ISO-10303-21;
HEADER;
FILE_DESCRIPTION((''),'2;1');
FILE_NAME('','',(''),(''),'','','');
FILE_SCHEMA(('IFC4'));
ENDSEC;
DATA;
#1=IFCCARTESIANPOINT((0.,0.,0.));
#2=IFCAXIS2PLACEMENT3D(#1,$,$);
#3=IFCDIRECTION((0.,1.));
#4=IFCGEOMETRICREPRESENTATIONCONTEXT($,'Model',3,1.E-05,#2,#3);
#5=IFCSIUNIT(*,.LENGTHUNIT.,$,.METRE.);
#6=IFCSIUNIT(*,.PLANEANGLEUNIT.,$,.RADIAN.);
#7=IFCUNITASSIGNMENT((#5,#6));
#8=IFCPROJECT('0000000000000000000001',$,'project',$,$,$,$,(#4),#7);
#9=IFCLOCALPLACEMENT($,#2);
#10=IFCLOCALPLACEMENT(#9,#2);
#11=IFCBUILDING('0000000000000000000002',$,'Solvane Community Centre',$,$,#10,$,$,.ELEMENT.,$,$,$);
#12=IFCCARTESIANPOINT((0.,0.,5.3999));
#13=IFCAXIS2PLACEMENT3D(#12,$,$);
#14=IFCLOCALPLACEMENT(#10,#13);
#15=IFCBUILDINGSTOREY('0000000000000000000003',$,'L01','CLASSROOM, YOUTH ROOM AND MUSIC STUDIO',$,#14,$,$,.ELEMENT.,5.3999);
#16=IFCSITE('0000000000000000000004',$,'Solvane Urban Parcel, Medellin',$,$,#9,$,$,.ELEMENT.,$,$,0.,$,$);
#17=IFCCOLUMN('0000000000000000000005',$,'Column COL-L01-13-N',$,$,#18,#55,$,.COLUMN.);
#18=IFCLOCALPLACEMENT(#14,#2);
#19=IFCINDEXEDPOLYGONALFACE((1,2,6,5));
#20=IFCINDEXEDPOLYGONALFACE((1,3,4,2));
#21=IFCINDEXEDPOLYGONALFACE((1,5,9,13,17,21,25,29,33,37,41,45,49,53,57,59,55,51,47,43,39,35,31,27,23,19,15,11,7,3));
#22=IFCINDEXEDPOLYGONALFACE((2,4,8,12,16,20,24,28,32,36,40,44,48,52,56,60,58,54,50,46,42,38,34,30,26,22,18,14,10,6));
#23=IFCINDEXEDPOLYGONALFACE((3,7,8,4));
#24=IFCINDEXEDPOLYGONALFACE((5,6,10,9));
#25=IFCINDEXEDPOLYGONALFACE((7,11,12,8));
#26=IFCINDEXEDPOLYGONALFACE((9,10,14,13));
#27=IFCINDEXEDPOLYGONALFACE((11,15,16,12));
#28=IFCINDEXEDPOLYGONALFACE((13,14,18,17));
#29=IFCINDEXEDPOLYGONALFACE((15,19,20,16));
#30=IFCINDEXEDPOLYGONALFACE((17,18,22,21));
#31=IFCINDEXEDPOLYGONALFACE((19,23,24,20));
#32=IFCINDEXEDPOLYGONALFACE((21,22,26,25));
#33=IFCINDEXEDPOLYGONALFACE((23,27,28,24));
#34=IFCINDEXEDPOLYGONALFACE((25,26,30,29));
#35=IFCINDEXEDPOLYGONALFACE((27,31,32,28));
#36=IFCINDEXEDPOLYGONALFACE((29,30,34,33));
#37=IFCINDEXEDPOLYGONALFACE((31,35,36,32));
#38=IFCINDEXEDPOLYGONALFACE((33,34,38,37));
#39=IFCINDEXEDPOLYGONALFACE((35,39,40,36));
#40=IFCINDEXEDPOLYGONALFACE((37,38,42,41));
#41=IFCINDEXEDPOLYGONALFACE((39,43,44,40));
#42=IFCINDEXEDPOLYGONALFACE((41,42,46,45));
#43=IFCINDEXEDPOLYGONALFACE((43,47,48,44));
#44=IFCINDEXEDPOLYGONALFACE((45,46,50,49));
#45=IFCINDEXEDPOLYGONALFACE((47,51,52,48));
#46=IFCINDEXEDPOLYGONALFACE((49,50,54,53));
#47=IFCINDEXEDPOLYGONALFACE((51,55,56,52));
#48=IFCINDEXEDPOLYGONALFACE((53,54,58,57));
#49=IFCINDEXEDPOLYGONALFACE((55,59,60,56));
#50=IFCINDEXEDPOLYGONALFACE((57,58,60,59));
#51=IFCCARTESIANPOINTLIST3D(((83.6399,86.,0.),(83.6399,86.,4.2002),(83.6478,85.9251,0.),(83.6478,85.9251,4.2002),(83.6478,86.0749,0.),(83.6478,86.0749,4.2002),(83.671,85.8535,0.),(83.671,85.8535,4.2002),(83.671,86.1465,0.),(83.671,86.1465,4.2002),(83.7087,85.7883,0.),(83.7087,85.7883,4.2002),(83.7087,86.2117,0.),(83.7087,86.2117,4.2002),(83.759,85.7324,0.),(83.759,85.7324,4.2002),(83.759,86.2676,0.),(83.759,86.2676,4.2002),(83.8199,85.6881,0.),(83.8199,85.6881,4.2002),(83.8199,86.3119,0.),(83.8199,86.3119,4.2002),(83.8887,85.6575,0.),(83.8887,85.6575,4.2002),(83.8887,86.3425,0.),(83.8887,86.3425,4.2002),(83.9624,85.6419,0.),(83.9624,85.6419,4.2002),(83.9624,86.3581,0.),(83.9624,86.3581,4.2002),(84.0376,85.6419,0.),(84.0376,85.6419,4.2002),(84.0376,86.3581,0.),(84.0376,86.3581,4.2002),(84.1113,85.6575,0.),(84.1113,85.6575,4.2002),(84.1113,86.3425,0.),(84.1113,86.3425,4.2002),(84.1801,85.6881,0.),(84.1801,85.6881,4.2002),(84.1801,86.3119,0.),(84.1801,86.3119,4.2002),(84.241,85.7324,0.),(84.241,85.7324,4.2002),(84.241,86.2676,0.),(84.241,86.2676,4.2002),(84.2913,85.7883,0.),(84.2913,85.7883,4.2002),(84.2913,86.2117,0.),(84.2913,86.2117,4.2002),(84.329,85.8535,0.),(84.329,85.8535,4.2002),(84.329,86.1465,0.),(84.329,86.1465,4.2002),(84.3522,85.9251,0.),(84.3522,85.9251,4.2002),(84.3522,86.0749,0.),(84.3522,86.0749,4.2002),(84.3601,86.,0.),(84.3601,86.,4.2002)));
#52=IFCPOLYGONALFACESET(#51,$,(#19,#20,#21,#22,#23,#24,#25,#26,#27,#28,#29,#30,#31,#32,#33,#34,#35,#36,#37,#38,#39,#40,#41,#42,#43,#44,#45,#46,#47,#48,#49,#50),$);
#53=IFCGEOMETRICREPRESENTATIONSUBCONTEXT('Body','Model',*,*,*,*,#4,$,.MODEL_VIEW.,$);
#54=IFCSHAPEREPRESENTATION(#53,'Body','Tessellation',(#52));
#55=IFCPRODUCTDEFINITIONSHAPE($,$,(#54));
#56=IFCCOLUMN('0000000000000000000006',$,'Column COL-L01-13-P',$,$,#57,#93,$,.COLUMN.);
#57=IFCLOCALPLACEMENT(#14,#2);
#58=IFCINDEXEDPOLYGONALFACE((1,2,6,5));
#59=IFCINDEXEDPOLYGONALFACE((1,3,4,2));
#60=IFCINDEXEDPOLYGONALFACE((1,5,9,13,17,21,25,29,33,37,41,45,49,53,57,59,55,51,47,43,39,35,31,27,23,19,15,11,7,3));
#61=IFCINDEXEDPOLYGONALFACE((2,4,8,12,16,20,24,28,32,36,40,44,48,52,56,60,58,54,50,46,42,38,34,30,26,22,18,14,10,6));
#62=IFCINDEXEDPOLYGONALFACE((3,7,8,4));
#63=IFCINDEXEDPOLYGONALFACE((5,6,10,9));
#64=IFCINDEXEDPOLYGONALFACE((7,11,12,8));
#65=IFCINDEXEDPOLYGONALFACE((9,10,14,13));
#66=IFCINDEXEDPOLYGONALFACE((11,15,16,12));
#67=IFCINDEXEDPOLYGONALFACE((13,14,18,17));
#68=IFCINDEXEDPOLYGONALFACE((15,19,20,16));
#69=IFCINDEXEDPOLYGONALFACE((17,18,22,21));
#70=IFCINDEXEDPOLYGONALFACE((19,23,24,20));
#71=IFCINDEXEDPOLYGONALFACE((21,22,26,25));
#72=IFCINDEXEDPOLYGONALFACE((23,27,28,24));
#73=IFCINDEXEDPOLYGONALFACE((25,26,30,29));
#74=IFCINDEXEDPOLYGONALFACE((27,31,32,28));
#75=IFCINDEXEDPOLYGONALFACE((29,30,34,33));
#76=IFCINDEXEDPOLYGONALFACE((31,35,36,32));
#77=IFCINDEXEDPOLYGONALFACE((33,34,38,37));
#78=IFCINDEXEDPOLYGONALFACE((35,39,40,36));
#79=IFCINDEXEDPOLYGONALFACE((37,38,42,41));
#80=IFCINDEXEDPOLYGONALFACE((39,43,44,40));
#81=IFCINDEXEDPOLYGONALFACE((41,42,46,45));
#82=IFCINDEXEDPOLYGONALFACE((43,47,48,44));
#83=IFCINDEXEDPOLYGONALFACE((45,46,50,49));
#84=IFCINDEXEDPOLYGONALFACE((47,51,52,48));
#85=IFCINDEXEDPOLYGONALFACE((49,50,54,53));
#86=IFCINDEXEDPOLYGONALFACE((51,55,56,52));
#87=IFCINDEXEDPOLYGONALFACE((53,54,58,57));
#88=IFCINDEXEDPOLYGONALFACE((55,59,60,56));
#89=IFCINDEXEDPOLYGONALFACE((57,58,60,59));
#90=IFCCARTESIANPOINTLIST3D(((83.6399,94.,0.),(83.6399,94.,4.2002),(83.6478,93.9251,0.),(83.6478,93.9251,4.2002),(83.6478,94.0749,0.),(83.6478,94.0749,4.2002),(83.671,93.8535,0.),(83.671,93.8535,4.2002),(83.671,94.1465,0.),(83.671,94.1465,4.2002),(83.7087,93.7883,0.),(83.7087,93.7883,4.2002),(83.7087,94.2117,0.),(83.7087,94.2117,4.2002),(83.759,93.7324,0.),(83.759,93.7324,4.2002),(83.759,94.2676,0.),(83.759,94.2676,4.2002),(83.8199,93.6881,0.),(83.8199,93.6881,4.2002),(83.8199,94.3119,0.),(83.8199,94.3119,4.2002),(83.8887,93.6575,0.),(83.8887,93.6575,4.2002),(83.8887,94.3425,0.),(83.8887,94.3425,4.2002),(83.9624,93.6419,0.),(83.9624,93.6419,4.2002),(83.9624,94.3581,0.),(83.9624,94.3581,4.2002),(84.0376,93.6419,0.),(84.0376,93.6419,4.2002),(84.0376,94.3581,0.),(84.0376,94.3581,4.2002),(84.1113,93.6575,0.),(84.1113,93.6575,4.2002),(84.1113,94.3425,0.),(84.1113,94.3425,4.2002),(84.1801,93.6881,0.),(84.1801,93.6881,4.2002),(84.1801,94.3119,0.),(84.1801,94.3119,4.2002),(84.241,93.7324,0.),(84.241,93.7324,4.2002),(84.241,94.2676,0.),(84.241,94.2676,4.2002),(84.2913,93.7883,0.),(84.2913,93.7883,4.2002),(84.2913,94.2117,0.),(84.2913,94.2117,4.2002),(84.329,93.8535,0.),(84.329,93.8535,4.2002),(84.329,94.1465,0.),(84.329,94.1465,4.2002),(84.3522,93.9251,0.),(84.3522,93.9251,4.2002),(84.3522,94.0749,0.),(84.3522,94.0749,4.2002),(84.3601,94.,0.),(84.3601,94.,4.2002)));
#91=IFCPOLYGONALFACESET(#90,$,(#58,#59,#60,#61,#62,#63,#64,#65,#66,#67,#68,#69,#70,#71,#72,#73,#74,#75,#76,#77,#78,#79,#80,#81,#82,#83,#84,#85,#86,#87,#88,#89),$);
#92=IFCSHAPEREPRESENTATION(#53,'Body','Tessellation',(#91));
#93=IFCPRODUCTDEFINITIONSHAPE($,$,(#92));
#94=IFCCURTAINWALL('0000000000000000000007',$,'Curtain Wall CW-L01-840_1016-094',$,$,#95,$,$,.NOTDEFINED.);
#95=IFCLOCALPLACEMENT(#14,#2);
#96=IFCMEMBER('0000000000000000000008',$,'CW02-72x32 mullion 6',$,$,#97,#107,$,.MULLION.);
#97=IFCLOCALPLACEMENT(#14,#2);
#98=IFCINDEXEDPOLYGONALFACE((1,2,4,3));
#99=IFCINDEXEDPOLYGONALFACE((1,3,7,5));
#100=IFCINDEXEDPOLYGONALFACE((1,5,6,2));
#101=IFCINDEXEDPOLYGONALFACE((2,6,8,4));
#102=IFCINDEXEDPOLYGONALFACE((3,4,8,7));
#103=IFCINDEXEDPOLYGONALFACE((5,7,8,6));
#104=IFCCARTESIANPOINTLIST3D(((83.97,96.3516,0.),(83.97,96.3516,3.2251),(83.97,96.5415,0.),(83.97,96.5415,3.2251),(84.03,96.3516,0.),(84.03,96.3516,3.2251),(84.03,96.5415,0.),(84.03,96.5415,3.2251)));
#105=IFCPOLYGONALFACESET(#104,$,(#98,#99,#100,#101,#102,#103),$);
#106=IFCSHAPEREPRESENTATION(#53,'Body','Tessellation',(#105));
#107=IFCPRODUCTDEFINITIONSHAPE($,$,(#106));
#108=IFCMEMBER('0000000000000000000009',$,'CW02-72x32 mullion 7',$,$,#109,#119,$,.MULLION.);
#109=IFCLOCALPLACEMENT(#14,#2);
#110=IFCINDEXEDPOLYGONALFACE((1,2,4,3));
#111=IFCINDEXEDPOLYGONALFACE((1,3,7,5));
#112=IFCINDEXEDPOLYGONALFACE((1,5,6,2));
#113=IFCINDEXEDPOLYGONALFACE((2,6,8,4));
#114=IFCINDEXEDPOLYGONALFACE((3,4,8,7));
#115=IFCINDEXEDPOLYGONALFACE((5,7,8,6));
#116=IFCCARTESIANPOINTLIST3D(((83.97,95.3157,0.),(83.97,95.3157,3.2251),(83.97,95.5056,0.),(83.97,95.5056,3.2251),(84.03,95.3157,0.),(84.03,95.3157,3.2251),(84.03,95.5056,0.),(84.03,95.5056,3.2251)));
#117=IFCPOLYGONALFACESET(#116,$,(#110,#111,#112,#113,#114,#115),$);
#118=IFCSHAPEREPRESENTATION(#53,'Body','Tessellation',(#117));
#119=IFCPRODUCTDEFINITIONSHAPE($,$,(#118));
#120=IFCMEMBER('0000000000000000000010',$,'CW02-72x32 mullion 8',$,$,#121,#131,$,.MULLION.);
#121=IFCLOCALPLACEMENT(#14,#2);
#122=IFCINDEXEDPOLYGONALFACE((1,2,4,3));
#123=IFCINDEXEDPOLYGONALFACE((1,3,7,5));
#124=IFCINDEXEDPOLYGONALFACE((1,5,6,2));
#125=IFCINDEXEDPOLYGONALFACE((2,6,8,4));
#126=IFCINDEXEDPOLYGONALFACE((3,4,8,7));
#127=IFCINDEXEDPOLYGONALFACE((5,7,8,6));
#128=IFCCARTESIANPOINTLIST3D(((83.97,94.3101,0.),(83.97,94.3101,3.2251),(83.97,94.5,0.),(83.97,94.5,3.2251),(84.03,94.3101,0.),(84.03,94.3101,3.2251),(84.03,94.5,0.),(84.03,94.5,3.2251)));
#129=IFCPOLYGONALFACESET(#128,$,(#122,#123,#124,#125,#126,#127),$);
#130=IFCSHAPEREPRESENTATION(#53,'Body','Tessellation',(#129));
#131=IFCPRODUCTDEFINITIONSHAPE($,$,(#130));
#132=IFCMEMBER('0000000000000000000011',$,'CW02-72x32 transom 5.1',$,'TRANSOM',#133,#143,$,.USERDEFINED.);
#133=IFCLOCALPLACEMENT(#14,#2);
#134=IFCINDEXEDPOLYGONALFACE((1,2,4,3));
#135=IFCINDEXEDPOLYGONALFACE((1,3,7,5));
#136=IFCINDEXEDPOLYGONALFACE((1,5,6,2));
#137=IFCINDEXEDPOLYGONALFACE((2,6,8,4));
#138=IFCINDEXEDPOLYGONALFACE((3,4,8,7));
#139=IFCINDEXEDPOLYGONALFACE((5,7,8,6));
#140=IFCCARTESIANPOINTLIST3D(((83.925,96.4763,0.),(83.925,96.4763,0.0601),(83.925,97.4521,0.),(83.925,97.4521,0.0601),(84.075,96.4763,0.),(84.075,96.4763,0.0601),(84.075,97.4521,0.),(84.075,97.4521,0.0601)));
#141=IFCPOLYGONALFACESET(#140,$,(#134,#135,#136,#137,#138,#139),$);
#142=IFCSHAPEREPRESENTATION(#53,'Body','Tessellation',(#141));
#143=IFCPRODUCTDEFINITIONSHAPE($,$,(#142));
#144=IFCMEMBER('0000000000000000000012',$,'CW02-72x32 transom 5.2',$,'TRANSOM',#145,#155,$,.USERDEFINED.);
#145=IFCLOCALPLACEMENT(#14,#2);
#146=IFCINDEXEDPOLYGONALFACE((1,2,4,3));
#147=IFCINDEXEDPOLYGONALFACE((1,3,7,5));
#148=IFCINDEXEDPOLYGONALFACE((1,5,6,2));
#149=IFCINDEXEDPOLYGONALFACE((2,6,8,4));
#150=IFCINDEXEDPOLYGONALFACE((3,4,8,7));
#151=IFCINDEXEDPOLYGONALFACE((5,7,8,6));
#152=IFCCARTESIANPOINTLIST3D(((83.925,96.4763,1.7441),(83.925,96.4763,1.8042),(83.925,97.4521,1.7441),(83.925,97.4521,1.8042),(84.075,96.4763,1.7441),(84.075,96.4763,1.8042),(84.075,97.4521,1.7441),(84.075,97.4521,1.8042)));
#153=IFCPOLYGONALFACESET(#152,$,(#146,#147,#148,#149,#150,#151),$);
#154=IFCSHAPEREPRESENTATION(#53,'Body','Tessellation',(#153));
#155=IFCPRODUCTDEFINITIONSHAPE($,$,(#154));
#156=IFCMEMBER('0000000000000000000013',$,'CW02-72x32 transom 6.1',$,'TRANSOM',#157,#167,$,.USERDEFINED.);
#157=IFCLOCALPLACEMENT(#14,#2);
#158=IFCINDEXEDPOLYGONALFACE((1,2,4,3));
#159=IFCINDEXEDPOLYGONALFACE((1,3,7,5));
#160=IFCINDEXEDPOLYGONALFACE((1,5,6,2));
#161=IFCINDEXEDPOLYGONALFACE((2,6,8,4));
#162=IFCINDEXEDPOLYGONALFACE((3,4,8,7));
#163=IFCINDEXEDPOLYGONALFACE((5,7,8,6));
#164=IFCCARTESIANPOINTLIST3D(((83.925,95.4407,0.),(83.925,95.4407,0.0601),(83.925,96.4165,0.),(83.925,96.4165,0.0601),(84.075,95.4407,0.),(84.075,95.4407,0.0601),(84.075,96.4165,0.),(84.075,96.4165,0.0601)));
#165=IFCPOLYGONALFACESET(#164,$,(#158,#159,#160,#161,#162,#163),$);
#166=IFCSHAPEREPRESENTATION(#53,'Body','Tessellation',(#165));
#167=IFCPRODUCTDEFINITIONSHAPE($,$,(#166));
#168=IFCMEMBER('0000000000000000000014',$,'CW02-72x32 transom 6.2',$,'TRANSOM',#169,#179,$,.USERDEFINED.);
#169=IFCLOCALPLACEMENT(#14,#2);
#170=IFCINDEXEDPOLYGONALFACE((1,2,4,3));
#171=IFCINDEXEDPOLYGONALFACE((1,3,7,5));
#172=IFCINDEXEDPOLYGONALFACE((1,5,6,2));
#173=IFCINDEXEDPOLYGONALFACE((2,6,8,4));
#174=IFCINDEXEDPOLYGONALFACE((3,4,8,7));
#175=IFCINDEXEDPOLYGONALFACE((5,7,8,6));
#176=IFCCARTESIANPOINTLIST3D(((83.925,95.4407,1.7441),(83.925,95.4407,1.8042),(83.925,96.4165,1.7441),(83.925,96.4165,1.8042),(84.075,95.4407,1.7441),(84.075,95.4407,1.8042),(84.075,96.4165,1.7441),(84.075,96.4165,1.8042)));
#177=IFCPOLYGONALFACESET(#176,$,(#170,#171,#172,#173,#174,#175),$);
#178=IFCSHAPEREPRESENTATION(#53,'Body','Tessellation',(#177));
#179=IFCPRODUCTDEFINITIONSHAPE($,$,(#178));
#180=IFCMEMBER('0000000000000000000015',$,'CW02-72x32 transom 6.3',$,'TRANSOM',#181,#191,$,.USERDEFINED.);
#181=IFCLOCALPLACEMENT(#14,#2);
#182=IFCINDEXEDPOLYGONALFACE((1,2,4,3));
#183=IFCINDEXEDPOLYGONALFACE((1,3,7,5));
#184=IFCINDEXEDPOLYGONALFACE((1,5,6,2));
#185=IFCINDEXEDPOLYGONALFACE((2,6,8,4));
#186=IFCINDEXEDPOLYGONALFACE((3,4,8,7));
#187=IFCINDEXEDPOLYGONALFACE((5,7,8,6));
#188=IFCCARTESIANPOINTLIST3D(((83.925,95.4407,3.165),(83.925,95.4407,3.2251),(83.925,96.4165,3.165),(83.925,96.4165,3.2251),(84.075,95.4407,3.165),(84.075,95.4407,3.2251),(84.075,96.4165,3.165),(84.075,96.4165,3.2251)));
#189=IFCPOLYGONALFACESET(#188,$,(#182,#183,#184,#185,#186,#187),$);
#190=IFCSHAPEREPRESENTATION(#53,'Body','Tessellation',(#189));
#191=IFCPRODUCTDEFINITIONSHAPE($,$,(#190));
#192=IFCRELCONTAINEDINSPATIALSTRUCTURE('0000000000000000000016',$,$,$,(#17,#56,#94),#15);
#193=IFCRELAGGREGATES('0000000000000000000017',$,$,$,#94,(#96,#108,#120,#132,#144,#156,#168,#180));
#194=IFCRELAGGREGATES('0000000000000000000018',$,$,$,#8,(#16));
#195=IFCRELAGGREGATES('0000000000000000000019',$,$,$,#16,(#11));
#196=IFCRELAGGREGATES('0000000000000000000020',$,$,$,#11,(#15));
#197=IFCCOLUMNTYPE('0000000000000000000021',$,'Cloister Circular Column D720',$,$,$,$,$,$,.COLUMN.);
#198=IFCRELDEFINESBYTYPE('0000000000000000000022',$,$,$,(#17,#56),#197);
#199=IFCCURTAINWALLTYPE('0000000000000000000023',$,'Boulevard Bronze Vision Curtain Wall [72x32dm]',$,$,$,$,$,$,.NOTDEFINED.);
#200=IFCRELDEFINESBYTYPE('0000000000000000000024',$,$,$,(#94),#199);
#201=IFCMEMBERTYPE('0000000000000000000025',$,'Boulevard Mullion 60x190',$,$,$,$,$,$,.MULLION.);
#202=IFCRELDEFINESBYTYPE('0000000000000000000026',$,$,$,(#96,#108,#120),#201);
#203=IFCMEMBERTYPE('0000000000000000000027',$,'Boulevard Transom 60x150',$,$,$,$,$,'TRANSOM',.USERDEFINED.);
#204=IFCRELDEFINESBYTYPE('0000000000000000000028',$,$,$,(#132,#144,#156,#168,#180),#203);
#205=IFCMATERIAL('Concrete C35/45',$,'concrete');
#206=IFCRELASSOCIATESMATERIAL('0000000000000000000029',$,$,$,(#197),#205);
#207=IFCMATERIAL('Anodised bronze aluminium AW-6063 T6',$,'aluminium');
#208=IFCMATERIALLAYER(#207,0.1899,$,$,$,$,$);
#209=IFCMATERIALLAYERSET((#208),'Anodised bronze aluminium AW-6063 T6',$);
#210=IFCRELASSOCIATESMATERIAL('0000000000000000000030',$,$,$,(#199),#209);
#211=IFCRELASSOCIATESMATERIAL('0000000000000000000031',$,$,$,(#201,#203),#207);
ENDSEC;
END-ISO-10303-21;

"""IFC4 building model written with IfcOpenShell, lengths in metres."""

from ifc_helpers import new_model, si_unit, direction, frame, origin, origin_2d, place, context, subcontext, project, spatial, rectangle, circle, extrude, material, layer, layer_set, material_profile, profile_set, type_object, element, aggregate, save


model = new_model("IFC4")

# Units and contexts
model_context = context("Model", 3, precision=1e-05, world=origin(), true_north=direction((0.0, 1.0)))
body_context = subcontext(model_context, "Body", "Model", "MODEL_VIEW")
ifc_project = project(units=[si_unit("LENGTHUNIT", "METRE"), si_unit("PLANEANGLEUNIT", "RADIAN")], contexts=[model_context])

# Site, building, storey
site_placement = place(None, origin())
site = spatial("IfcSite", under=ifc_project, at=site_placement, Name="Solvane Urban Parcel, Medellin", CompositionType="ELEMENT", RefElevation=0.0)
building_placement = place(site_placement, origin())
building = spatial("IfcBuilding", under=site, at=building_placement, Name="Solvane Community Centre", CompositionType="ELEMENT")
storey_placement = place(building_placement, frame((0.0, 0.0, 5.3999)))
storey = spatial("IfcBuildingStorey", under=building, at=storey_placement, Name="L01", Description="CLASSROOM, YOUTH ROOM AND MUSIC STUDIO", CompositionType="ELEMENT", Elevation=5.3999)

# Columns
ifc_material_1 = material(Name="Concrete C35/45", Category="concrete")
ifc_material_profile_1 = material_profile(ifc_material_1, circle(Radius=0.3601, at=origin_2d()), Name="RC D720")
ifc_profile_set_1 = profile_set([ifc_material_profile_1], Name="Concrete C35/45")
column_type = type_object("IfcColumnType", Name="Cloister Circular Column D720", PredefinedType="COLUMN", material=ifc_profile_set_1)
for number, where, z_axis, x_axis, name in (
    (1, (84.0, 86.0, 0.0), (0.0, 0.0, 1.0), (1.0, 0.0, 0.0), "Column COL-L01-13-N"),
    (2, (84.0, 94.0, 0.0), (0.0, 0.0, 1.0), (1.0, 0.0, 0.0), "Column COL-L01-13-P"),
):
    element("IfcColumn", number, at=place(storey_placement, frame(where, z_axis=z_axis, x_axis=x_axis)), inside=storey, type_object=column_type, Name=name, PredefinedType="COLUMN", context=body_context, shape_type="SweptSolid", body=[
        extrude(circle(Radius=0.3601, at=origin_2d()), origin(), (0.0, 0.0, 1.0), 4.2002),
    ])

# Curtain wall, members
ifc_material_2 = material(Name="Anodised bronze aluminium AW-6063 T6", Category="aluminium")
ifc_layer_1 = layer(ifc_material_2, 0.1899)
ifc_layer_set_1 = layer_set([ifc_layer_1], Name="Anodised bronze aluminium AW-6063 T6")
curtain_wall_type = type_object("IfcCurtainWallType", Name="Boulevard Bronze Vision Curtain Wall [72x32dm]", PredefinedType="NOTDEFINED", material=ifc_layer_set_1)
curtain_wall_placement = place(storey_placement, origin())
curtain_wall = element("IfcCurtainWall", 3, at=curtain_wall_placement, inside=storey, type_object=curtain_wall_type, Name="Curtain Wall CW-L01-840_1016-094", PredefinedType="NOTDEFINED")
ifc_material_profile_2 = material_profile(ifc_material_2, rectangle(XDim=0.0601, YDim=0.1899, at=origin_2d()), Name="CW-M 60x190")
ifc_profile_set_2 = profile_set([ifc_material_profile_2], Name="Anodised bronze aluminium AW-6063 T6")
member_type_1 = type_object("IfcMemberType", Name="Boulevard Mullion 60x190", PredefinedType="MULLION", material=ifc_profile_set_2)
member_1_placement = place(storey_placement, frame((84.0, 96.4465, 0.0), z_axis=(0.0, 0.0, 1.0), x_axis=(1.0, 0.0, 0.0)))
member_1 = element("IfcMember", 4, at=member_1_placement, type_object=member_type_1, Name="CW02-72x32 mullion 6", PredefinedType="MULLION", context=body_context, shape_type="SweptSolid", body=[
    extrude(rectangle(XDim=0.0601, YDim=0.1899, at=origin_2d()), origin(), (0.0, 0.0, 1.0), 3.2251),
])
member_2_placement = place(storey_placement, frame((84.0, 95.4106, 0.0), z_axis=(0.0, 0.0, 1.0), x_axis=(1.0, 0.0, 0.0)))
member_2 = element("IfcMember", 5, at=member_2_placement, type_object=member_type_1, Name="CW02-72x32 mullion 7", PredefinedType="MULLION", context=body_context, shape_type="SweptSolid", body=[
    extrude(rectangle(XDim=0.0601, YDim=0.1899, at=origin_2d()), origin(), (0.0, 0.0, 1.0), 3.2251),
])
member_3_placement = place(storey_placement, frame((84.0, 94.405, 0.0), z_axis=(0.0, 0.0, 1.0), x_axis=(1.0, 0.0, 0.0)))
member_3 = element("IfcMember", 6, at=member_3_placement, type_object=member_type_1, Name="CW02-72x32 mullion 8", PredefinedType="MULLION", context=body_context, shape_type="SweptSolid", body=[
    extrude(rectangle(XDim=0.0601, YDim=0.1899, at=origin_2d()), origin(), (0.0, 0.0, 1.0), 3.2251),
])
ifc_material_profile_3 = material_profile(ifc_material_2, rectangle(XDim=0.1499, YDim=0.0601, at=origin_2d()), Name="CW-T 60x150")
ifc_profile_set_3 = profile_set([ifc_material_profile_3], Name="Anodised bronze aluminium AW-6063 T6")
member_type_2 = type_object("IfcMemberType", Name="Boulevard Transom 60x150", ElementType="TRANSOM", PredefinedType="USERDEFINED", material=ifc_profile_set_3)
member_4_placement = place(storey_placement, frame((84.0, 97.4521, 0.03), z_axis=(0.0, -1.0, 0.0), x_axis=(1.0, 0.0, 0.0)))
member_4 = element("IfcMember", 7, at=member_4_placement, type_object=member_type_2, Name="CW02-72x32 transom 5.1", ObjectType="TRANSOM", PredefinedType="USERDEFINED", context=body_context, shape_type="SweptSolid", body=[
    extrude(rectangle(XDim=0.1499, YDim=0.0601, at=origin_2d()), origin(), (0.0, 0.0, 1.0), 0.9758),
])
member_5_placement = place(storey_placement, frame((84.0, 97.4521, 1.7742), z_axis=(0.0, -1.0, 0.0), x_axis=(1.0, 0.0, 0.0)))
member_5 = element("IfcMember", 8, at=member_5_placement, type_object=member_type_2, Name="CW02-72x32 transom 5.2", ObjectType="TRANSOM", PredefinedType="USERDEFINED", context=body_context, shape_type="SweptSolid", body=[
    extrude(rectangle(XDim=0.1499, YDim=0.0601, at=origin_2d()), origin(), (0.0, 0.0, 1.0), 0.9758),
])
member_6_placement = place(storey_placement, frame((84.0, 96.4165, 0.03), z_axis=(0.0, -1.0, 0.0), x_axis=(1.0, 0.0, 0.0)))
member_6 = element("IfcMember", 9, at=member_6_placement, type_object=member_type_2, Name="CW02-72x32 transom 6.1", ObjectType="TRANSOM", PredefinedType="USERDEFINED", context=body_context, shape_type="SweptSolid", body=[
    extrude(rectangle(XDim=0.1499, YDim=0.0601, at=origin_2d()), origin(), (0.0, 0.0, 1.0), 0.9758),
])
member_7_placement = place(storey_placement, frame((84.0, 96.4165, 1.7742), z_axis=(0.0, -1.0, 0.0), x_axis=(1.0, 0.0, 0.0)))
member_7 = element("IfcMember", 10, at=member_7_placement, type_object=member_type_2, Name="CW02-72x32 transom 6.2", ObjectType="TRANSOM", PredefinedType="USERDEFINED", context=body_context, shape_type="SweptSolid", body=[
    extrude(rectangle(XDim=0.1499, YDim=0.0601, at=origin_2d()), origin(), (0.0, 0.0, 1.0), 0.9758),
])
member_8_placement = place(storey_placement, frame((84.0, 96.4165, 3.1951), z_axis=(0.0, -1.0, 0.0), x_axis=(1.0, 0.0, 0.0)))
member_8 = element("IfcMember", 11, at=member_8_placement, type_object=member_type_2, Name="CW02-72x32 transom 6.3", ObjectType="TRANSOM", PredefinedType="USERDEFINED", context=body_context, shape_type="SweptSolid", body=[
    extrude(rectangle(XDim=0.1499, YDim=0.0601, at=origin_2d()), origin(), (0.0, 0.0, 1.0), 0.9758),
])

aggregate(curtain_wall, [member_1, member_2, member_3, member_4, member_5, member_6, member_7, member_8])

save(model, "model.ifc")
